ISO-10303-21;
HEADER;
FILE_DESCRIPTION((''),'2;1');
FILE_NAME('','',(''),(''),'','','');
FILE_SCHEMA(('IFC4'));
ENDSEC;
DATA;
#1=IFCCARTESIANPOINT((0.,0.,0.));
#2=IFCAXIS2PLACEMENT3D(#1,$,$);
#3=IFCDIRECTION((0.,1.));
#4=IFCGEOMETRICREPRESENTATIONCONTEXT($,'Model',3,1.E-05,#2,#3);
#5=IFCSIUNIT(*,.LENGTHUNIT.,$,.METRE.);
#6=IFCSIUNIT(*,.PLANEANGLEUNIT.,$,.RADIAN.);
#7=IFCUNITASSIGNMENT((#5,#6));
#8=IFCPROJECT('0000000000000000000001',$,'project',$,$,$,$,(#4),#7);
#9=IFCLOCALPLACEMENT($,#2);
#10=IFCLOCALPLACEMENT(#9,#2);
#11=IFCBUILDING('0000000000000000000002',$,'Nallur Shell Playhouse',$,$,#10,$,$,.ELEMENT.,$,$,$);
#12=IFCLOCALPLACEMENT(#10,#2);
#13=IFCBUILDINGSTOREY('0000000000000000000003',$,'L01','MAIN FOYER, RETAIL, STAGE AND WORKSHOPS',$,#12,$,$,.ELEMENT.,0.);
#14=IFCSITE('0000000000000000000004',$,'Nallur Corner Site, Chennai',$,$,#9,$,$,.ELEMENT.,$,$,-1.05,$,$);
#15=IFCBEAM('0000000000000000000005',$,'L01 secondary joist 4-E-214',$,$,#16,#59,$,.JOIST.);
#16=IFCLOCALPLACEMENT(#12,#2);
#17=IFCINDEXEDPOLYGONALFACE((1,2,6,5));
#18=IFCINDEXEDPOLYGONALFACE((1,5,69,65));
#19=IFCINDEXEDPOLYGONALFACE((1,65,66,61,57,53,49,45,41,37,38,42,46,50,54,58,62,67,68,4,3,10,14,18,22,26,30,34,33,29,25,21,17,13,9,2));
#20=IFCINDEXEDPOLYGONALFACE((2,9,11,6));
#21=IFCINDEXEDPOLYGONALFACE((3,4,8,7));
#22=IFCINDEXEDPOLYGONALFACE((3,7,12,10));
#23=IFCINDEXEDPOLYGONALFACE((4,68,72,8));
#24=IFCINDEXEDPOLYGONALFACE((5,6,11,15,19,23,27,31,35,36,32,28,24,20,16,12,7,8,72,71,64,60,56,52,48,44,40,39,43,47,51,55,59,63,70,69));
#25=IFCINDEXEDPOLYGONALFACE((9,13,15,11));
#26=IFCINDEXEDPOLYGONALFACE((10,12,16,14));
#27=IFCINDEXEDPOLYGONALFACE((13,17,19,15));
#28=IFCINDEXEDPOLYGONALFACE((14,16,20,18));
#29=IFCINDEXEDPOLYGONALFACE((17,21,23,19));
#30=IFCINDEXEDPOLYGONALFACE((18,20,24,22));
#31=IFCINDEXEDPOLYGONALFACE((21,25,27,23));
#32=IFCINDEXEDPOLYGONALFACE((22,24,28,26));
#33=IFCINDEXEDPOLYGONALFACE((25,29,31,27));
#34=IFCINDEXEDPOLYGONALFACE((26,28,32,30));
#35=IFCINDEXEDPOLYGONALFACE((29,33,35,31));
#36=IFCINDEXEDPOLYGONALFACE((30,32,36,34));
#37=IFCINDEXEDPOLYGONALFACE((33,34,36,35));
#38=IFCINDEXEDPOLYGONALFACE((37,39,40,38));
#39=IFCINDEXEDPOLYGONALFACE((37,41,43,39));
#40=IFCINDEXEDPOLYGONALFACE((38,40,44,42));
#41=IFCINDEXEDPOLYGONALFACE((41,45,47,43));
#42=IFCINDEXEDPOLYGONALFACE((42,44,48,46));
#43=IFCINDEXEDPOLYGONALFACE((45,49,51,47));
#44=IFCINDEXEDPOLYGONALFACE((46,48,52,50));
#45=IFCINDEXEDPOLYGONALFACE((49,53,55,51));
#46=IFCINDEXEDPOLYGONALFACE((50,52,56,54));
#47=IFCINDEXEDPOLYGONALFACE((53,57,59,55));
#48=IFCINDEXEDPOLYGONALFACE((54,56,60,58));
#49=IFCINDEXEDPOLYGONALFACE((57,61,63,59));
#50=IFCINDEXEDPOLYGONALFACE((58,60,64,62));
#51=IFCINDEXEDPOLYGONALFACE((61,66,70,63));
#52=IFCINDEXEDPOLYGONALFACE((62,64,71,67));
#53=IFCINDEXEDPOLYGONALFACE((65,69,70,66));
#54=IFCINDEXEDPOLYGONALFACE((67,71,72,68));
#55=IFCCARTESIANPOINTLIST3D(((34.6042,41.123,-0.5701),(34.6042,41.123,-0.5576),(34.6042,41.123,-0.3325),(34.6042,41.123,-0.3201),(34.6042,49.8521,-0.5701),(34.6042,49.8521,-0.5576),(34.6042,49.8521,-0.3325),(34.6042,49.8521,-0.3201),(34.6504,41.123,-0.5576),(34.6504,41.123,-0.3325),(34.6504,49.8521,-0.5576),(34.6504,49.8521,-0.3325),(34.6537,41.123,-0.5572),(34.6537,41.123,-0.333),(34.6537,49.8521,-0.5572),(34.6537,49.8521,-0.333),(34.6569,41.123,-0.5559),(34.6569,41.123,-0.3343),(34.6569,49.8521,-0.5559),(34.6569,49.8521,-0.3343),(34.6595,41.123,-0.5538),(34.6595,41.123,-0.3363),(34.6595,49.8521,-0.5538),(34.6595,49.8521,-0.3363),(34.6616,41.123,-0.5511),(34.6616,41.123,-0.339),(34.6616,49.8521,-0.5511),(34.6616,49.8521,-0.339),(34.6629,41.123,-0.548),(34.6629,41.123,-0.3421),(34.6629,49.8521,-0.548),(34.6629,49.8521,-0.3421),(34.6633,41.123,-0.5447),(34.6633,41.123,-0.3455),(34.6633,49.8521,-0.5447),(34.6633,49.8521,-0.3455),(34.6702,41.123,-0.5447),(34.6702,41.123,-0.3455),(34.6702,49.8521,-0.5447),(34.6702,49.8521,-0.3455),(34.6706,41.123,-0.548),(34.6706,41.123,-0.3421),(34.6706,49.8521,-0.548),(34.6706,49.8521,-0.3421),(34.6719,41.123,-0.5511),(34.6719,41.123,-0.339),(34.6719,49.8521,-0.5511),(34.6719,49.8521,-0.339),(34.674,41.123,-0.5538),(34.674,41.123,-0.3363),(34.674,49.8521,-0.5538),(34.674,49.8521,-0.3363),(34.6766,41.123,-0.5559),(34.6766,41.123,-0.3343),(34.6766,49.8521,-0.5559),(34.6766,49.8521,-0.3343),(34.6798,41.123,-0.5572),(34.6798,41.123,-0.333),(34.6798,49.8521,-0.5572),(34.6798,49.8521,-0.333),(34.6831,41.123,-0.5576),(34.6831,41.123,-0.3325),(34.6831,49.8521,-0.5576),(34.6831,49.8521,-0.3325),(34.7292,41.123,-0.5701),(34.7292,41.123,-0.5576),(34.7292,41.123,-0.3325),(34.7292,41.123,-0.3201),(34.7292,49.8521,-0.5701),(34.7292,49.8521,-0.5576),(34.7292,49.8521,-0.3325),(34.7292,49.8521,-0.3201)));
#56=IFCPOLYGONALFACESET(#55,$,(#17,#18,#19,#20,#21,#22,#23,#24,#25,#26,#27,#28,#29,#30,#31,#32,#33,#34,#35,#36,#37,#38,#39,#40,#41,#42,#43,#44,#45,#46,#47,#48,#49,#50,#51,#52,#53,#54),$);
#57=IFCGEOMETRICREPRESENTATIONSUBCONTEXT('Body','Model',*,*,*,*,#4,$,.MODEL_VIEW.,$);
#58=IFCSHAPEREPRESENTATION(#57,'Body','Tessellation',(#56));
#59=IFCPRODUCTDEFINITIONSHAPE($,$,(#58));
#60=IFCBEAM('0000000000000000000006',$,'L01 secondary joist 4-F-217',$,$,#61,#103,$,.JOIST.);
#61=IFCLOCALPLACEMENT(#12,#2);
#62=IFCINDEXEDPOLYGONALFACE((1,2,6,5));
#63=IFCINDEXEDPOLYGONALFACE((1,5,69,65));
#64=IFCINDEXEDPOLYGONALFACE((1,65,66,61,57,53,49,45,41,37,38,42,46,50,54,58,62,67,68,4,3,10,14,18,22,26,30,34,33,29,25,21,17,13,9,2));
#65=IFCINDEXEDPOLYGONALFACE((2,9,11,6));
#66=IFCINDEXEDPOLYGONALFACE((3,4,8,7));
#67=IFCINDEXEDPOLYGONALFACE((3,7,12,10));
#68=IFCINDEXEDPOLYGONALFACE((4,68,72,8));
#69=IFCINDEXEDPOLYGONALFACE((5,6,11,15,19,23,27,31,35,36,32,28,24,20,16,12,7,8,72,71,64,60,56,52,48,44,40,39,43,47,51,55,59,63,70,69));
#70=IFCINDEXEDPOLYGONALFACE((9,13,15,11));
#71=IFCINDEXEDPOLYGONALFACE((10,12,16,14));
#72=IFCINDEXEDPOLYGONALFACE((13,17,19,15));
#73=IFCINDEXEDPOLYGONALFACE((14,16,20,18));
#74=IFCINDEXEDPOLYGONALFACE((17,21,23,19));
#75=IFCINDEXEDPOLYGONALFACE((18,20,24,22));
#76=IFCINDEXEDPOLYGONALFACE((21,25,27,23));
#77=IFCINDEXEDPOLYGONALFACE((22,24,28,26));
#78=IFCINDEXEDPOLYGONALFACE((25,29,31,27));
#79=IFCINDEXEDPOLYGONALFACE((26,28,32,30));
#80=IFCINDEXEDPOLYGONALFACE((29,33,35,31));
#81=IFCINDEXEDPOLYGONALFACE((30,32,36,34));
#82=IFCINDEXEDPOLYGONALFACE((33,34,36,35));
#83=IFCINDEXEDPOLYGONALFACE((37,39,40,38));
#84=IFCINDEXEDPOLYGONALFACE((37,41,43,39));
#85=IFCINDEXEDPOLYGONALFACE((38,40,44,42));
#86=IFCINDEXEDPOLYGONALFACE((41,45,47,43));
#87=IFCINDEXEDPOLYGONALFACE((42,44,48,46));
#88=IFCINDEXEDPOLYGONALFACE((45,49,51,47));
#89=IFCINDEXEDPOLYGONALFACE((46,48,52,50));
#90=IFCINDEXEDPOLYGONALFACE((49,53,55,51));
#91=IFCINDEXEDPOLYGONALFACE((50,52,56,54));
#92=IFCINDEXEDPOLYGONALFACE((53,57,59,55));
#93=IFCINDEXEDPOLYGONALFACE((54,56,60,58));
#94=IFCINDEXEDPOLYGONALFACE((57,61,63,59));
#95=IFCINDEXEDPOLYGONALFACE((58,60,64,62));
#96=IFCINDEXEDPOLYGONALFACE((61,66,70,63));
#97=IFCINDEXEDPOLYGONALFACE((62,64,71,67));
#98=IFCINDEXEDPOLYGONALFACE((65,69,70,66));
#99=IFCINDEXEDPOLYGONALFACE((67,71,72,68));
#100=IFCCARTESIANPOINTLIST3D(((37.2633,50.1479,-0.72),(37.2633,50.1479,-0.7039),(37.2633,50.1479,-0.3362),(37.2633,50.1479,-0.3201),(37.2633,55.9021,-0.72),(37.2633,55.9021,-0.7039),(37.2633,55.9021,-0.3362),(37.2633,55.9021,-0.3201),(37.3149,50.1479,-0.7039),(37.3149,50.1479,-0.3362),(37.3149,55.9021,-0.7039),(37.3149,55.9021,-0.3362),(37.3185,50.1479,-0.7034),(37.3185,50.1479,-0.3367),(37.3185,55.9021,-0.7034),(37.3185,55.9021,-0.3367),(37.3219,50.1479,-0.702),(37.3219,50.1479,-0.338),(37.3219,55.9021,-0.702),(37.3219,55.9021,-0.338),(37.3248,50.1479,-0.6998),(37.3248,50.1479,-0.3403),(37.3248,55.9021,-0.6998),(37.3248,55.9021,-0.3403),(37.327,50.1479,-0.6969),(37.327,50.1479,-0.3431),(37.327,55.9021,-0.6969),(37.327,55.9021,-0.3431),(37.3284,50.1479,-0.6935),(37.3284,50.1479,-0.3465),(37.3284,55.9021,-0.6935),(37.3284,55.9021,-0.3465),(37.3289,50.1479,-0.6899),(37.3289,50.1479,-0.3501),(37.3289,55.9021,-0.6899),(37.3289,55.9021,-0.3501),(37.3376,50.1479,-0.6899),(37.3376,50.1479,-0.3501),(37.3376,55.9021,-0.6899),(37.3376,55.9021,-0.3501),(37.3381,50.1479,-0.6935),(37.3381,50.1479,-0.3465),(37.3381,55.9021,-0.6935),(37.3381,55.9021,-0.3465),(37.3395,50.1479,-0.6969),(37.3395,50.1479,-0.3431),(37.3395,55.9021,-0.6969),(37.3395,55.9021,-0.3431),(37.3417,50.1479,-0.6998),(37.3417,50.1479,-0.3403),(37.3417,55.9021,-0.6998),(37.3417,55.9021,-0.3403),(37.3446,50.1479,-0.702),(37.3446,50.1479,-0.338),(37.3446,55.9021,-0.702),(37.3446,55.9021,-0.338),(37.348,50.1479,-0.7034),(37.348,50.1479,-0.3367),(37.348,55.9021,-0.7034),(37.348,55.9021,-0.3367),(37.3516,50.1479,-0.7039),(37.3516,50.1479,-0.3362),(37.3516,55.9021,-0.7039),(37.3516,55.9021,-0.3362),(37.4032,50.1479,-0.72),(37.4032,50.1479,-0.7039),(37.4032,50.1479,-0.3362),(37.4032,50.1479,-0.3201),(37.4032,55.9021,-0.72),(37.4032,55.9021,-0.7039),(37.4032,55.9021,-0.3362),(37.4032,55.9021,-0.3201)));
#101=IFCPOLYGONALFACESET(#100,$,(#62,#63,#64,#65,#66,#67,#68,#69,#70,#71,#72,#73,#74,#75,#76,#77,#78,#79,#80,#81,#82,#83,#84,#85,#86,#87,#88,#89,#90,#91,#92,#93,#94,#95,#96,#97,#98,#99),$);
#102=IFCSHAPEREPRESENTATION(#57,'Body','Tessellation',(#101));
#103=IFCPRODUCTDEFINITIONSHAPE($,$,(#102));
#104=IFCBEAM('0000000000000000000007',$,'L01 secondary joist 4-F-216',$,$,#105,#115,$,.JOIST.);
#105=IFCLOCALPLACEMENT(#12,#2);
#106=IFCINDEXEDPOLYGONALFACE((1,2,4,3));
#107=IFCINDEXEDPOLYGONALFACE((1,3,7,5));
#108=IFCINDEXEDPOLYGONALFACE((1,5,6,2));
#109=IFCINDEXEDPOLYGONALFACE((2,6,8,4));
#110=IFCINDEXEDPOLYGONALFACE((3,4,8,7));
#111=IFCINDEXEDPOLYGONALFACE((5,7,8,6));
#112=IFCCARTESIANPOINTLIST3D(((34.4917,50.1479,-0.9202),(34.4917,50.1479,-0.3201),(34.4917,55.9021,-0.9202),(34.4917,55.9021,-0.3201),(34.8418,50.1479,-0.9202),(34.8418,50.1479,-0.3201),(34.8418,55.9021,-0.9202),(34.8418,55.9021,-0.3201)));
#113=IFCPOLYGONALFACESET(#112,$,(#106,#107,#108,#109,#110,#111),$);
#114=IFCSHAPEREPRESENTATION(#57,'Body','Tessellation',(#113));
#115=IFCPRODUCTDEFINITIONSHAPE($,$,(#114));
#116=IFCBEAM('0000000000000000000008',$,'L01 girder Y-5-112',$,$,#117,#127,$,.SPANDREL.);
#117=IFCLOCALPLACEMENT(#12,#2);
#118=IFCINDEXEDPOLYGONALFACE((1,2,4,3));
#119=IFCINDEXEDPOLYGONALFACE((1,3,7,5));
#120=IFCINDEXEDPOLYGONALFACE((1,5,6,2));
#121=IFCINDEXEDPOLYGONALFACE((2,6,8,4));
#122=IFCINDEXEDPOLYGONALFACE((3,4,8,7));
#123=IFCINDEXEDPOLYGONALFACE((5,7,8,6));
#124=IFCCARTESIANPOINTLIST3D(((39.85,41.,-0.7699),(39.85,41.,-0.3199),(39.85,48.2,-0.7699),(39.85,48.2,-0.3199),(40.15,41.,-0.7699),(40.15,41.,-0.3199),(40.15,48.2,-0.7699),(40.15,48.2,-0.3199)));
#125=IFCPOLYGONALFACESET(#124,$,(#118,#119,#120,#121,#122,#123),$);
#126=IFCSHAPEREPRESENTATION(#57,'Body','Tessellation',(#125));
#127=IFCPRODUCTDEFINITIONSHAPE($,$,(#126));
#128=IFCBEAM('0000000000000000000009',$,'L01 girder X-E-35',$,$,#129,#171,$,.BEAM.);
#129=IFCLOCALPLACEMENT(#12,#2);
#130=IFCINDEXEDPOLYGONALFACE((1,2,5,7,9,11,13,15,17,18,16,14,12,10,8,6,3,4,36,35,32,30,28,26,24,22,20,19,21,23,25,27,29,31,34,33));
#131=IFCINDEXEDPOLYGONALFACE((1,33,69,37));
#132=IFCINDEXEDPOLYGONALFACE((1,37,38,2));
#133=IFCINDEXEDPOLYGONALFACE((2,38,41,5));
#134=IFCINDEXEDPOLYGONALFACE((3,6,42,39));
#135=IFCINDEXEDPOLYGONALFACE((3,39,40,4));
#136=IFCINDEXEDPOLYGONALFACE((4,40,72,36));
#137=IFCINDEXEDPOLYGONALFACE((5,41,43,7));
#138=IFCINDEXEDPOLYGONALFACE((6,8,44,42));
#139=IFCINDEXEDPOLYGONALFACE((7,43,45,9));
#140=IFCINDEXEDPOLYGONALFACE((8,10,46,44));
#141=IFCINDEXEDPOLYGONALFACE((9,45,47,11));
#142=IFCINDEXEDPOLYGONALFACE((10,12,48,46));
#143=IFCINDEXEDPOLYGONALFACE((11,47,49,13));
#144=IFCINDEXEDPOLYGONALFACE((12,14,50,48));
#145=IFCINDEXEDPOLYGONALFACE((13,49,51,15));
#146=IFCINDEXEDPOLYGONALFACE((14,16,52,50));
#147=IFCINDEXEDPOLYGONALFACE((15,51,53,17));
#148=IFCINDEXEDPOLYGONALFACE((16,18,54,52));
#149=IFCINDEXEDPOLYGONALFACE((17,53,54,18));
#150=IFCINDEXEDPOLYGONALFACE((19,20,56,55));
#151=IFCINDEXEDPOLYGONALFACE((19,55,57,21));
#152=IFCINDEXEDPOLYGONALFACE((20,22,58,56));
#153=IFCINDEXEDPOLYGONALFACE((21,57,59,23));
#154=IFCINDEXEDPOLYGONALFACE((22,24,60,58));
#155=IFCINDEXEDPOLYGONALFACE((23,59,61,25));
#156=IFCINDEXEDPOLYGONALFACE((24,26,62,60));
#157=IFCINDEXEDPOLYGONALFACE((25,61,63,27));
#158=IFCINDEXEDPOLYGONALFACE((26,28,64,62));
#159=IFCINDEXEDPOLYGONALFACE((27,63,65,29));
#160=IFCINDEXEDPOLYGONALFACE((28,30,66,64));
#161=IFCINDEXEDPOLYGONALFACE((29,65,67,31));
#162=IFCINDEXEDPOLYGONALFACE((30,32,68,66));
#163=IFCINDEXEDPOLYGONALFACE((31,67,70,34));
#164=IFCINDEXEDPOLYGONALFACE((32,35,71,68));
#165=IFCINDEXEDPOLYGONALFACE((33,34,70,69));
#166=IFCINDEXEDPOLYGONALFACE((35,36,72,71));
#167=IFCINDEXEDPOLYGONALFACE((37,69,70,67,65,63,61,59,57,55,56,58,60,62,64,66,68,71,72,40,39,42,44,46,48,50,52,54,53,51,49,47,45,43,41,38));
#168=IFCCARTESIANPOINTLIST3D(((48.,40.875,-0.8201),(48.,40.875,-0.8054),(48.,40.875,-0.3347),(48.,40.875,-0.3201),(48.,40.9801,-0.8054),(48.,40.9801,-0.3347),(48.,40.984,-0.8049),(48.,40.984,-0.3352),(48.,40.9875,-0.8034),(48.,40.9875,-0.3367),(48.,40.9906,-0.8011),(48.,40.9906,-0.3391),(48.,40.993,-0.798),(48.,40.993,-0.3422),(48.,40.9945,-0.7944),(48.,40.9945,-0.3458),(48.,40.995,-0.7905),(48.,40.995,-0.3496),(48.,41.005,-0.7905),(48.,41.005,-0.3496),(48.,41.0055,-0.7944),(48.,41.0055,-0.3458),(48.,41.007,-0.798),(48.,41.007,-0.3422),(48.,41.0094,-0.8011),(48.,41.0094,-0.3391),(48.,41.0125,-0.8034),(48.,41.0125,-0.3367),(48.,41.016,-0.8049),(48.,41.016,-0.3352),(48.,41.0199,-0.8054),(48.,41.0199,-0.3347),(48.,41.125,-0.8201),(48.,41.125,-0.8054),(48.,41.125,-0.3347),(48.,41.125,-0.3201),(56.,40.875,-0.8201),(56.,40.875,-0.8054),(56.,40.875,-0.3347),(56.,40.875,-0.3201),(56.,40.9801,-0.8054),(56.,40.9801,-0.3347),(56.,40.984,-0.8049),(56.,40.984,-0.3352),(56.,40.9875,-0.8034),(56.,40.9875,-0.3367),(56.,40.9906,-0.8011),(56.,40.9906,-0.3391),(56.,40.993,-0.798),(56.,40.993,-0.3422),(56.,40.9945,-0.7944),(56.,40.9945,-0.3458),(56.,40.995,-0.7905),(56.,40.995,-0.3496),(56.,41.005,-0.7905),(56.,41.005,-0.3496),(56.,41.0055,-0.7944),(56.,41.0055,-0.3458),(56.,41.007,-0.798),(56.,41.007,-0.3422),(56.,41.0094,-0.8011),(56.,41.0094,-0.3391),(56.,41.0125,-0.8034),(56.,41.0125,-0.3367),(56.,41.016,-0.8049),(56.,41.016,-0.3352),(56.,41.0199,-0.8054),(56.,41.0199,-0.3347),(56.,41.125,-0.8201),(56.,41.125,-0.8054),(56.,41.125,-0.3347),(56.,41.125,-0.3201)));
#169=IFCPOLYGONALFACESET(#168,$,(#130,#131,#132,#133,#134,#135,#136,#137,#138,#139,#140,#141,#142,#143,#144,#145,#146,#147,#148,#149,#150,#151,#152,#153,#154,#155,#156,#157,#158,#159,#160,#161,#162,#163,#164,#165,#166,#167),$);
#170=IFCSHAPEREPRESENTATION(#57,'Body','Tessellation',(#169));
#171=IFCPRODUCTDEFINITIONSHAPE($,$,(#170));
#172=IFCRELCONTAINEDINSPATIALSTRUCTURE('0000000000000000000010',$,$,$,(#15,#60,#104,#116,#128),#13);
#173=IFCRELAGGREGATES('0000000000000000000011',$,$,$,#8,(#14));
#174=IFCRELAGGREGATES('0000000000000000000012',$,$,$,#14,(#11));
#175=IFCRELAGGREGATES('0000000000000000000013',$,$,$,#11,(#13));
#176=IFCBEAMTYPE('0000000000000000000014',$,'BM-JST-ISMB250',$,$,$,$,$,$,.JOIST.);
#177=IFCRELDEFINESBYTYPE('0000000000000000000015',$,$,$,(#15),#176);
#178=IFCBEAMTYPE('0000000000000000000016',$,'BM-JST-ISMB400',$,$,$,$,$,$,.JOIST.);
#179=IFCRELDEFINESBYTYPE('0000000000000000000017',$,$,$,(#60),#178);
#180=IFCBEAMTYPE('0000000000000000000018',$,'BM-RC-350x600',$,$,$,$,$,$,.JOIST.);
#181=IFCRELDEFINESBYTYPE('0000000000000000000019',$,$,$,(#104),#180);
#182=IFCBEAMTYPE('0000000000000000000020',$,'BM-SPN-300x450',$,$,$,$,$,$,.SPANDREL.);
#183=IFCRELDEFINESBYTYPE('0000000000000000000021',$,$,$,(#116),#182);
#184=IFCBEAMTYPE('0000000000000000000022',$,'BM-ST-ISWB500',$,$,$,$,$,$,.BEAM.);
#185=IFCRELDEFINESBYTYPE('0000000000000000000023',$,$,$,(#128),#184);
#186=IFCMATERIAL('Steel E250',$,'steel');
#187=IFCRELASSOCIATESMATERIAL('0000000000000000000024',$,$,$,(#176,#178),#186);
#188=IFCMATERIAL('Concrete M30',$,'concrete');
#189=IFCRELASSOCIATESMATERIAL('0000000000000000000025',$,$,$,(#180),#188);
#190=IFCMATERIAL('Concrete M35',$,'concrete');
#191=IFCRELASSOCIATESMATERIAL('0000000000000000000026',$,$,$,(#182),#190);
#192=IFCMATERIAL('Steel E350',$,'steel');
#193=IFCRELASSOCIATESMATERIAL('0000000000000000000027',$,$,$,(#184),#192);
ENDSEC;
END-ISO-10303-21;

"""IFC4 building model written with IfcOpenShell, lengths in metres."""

from ifc_helpers import new_model, si_unit, direction, frame, origin, origin_2d, place, context, subcontext, project, spatial, rectangle, i_section, extrude, material, material_profile, profile_set, type_object, element, save


model = new_model("IFC4")

# Units and contexts
model_context = context("Model", 3, precision=1e-05, world=origin(), true_north=direction((0.0, 1.0)))
body_context = subcontext(model_context, "Body", "Model", "MODEL_VIEW")
ifc_project = project(units=[si_unit("LENGTHUNIT", "METRE"), si_unit("PLANEANGLEUNIT", "RADIAN")], contexts=[model_context])

# Site, building, storey
site_placement = place(None, origin())
site = spatial("IfcSite", under=ifc_project, at=site_placement, Name="Nallur Corner Site, Chennai", CompositionType="ELEMENT", RefElevation=-1.05)
building_placement = place(site_placement, origin())
building = spatial("IfcBuilding", under=site, at=building_placement, Name="Nallur Shell Playhouse", CompositionType="ELEMENT")
storey_placement = place(building_placement, origin())
storey = spatial("IfcBuildingStorey", under=building, at=storey_placement, Name="L01", Description="MAIN FOYER, RETAIL, STAGE AND WORKSHOPS", CompositionType="ELEMENT", Elevation=0.0)

# Shared definitions
ifc_material_1 = material(Name="Steel E350", Category="steel")

# Beams
ifc_material_2 = material(Name="Steel E250", Category="steel")
ifc_material_profile_1 = material_profile(ifc_material_2, i_section(OverallWidth=0.125, OverallDepth=0.25, WebThickness=0.0068, FlangeThickness=0.0125, FilletRadius=0.0129, at=origin_2d()), Name="ISMB 250")
ifc_profile_set_1 = profile_set([ifc_material_profile_1], Name="Steel E250")
beam_type_1 = type_object("IfcBeamType", Name="BM-JST-ISMB250", PredefinedType="JOIST", material=ifc_profile_set_1)
beam_1_placement = place(storey_placement, frame((34.6667, 41.123, -0.4451), z_axis=(0.0, 1.0, 0.0), x_axis=(-1.0, 0.0, 0.0)))
element("IfcBeam", 1, at=beam_1_placement, inside=storey, type_object=beam_type_1, Name="L01 secondary joist 4-E-214", PredefinedType="JOIST", context=body_context, shape_type="SweptSolid", body=[
    extrude(i_section(OverallWidth=0.125, OverallDepth=0.25, WebThickness=0.0068, FlangeThickness=0.0125, FilletRadius=0.0129, at=origin_2d()), origin(), (0.0, 0.0, 1.0), 8.729),
])
ifc_material_profile_2 = material_profile(ifc_material_2, i_section(OverallWidth=0.1399, OverallDepth=0.3999, WebThickness=0.0088, FlangeThickness=0.0161, FilletRadius=0.0139, at=origin_2d()), Name="ISMB 400")
ifc_profile_set_2 = profile_set([ifc_material_profile_2], Name="Steel E250")
beam_type_2 = type_object("IfcBeamType", Name="BM-JST-ISMB400", PredefinedType="JOIST", material=ifc_profile_set_2)
beam_2_placement = place(storey_placement, frame((37.3333, 50.1479, -0.52), z_axis=(0.0, 1.0, 0.0), x_axis=(-1.0, 0.0, 0.0)))
element("IfcBeam", 2, at=beam_2_placement, inside=storey, type_object=beam_type_2, Name="L01 secondary joist 4-F-217", PredefinedType="JOIST", context=body_context, shape_type="SweptSolid", body=[
    extrude(i_section(OverallWidth=0.1399, OverallDepth=0.3999, WebThickness=0.0088, FlangeThickness=0.0161, FilletRadius=0.0139, at=origin_2d()), origin(), (0.0, 0.0, 1.0), 5.7542),
])
ifc_material_3 = material(Name="Concrete M30", Category="concrete")
ifc_material_profile_3 = material_profile(ifc_material_3, rectangle(XDim=0.3501, YDim=0.6001, at=origin_2d()), Name="RC 350x600")
ifc_profile_set_3 = profile_set([ifc_material_profile_3], Name="Concrete M30")
beam_type_3 = type_object("IfcBeamType", Name="BM-RC-350x600", PredefinedType="JOIST", material=ifc_profile_set_3)
beam_3_placement = place(storey_placement, frame((34.6667, 50.1479, -0.6201), z_axis=(0.0, 1.0, 0.0), x_axis=(-1.0, 0.0, 0.0)))
element("IfcBeam", 3, at=beam_3_placement, inside=storey, type_object=beam_type_3, Name="L01 secondary joist 4-F-216", PredefinedType="JOIST", context=body_context, shape_type="SweptSolid", body=[
    extrude(rectangle(XDim=0.3501, YDim=0.6001, at=origin_2d()), origin(), (0.0, 0.0, 1.0), 5.7542),
])
ifc_material_4 = material(Name="Concrete M35", Category="concrete")
ifc_material_profile_4 = material_profile(ifc_material_4, rectangle(XDim=0.3, YDim=0.45, at=origin_2d()), Name="RC 300x450")
ifc_profile_set_4 = profile_set([ifc_material_profile_4], Name="Concrete M35")
beam_type_4 = type_object("IfcBeamType", Name="BM-SPN-300x450", PredefinedType="SPANDREL", material=ifc_profile_set_4)
beam_4_placement = place(storey_placement, frame((40.0, 41.0, -0.5449), z_axis=(0.0, 1.0, 0.0), x_axis=(-1.0, 0.0, 0.0)))
element("IfcBeam", 4, at=beam_4_placement, inside=storey, type_object=beam_type_4, Name="L01 girder Y-5-112", PredefinedType="SPANDREL", context=body_context, shape_type="SweptSolid", body=[
    extrude(rectangle(XDim=0.3, YDim=0.45, at=origin_2d()), origin(), (0.0, 0.0, 1.0), 7.2),
])
ifc_material_profile_5 = material_profile(ifc_material_1, i_section(OverallWidth=0.25, OverallDepth=0.5, WebThickness=0.01, FlangeThickness=0.0146, FilletRadius=0.0149, at=origin_2d()), Name="ISWB 500")
ifc_profile_set_5 = profile_set([ifc_material_profile_5], Name="Steel E350")
beam_type_5 = type_object("IfcBeamType", Name="BM-ST-ISWB500", PredefinedType="BEAM", material=ifc_profile_set_5)
beam_5_placement = place(storey_placement, frame((48.0, 41.0, -0.5701), z_axis=(1.0, 0.0, 0.0), x_axis=(0.0, 1.0, 0.0)))
element("IfcBeam", 5, at=beam_5_placement, inside=storey, type_object=beam_type_5, Name="L01 girder X-E-35", PredefinedType="BEAM", context=body_context, shape_type="SweptSolid", body=[
    extrude(i_section(OverallWidth=0.25, OverallDepth=0.5, WebThickness=0.01, FlangeThickness=0.0146, FilletRadius=0.0149, at=origin_2d()), origin(), (0.0, 0.0, 1.0), 8.0),
])

save(model, "model.ifc")
